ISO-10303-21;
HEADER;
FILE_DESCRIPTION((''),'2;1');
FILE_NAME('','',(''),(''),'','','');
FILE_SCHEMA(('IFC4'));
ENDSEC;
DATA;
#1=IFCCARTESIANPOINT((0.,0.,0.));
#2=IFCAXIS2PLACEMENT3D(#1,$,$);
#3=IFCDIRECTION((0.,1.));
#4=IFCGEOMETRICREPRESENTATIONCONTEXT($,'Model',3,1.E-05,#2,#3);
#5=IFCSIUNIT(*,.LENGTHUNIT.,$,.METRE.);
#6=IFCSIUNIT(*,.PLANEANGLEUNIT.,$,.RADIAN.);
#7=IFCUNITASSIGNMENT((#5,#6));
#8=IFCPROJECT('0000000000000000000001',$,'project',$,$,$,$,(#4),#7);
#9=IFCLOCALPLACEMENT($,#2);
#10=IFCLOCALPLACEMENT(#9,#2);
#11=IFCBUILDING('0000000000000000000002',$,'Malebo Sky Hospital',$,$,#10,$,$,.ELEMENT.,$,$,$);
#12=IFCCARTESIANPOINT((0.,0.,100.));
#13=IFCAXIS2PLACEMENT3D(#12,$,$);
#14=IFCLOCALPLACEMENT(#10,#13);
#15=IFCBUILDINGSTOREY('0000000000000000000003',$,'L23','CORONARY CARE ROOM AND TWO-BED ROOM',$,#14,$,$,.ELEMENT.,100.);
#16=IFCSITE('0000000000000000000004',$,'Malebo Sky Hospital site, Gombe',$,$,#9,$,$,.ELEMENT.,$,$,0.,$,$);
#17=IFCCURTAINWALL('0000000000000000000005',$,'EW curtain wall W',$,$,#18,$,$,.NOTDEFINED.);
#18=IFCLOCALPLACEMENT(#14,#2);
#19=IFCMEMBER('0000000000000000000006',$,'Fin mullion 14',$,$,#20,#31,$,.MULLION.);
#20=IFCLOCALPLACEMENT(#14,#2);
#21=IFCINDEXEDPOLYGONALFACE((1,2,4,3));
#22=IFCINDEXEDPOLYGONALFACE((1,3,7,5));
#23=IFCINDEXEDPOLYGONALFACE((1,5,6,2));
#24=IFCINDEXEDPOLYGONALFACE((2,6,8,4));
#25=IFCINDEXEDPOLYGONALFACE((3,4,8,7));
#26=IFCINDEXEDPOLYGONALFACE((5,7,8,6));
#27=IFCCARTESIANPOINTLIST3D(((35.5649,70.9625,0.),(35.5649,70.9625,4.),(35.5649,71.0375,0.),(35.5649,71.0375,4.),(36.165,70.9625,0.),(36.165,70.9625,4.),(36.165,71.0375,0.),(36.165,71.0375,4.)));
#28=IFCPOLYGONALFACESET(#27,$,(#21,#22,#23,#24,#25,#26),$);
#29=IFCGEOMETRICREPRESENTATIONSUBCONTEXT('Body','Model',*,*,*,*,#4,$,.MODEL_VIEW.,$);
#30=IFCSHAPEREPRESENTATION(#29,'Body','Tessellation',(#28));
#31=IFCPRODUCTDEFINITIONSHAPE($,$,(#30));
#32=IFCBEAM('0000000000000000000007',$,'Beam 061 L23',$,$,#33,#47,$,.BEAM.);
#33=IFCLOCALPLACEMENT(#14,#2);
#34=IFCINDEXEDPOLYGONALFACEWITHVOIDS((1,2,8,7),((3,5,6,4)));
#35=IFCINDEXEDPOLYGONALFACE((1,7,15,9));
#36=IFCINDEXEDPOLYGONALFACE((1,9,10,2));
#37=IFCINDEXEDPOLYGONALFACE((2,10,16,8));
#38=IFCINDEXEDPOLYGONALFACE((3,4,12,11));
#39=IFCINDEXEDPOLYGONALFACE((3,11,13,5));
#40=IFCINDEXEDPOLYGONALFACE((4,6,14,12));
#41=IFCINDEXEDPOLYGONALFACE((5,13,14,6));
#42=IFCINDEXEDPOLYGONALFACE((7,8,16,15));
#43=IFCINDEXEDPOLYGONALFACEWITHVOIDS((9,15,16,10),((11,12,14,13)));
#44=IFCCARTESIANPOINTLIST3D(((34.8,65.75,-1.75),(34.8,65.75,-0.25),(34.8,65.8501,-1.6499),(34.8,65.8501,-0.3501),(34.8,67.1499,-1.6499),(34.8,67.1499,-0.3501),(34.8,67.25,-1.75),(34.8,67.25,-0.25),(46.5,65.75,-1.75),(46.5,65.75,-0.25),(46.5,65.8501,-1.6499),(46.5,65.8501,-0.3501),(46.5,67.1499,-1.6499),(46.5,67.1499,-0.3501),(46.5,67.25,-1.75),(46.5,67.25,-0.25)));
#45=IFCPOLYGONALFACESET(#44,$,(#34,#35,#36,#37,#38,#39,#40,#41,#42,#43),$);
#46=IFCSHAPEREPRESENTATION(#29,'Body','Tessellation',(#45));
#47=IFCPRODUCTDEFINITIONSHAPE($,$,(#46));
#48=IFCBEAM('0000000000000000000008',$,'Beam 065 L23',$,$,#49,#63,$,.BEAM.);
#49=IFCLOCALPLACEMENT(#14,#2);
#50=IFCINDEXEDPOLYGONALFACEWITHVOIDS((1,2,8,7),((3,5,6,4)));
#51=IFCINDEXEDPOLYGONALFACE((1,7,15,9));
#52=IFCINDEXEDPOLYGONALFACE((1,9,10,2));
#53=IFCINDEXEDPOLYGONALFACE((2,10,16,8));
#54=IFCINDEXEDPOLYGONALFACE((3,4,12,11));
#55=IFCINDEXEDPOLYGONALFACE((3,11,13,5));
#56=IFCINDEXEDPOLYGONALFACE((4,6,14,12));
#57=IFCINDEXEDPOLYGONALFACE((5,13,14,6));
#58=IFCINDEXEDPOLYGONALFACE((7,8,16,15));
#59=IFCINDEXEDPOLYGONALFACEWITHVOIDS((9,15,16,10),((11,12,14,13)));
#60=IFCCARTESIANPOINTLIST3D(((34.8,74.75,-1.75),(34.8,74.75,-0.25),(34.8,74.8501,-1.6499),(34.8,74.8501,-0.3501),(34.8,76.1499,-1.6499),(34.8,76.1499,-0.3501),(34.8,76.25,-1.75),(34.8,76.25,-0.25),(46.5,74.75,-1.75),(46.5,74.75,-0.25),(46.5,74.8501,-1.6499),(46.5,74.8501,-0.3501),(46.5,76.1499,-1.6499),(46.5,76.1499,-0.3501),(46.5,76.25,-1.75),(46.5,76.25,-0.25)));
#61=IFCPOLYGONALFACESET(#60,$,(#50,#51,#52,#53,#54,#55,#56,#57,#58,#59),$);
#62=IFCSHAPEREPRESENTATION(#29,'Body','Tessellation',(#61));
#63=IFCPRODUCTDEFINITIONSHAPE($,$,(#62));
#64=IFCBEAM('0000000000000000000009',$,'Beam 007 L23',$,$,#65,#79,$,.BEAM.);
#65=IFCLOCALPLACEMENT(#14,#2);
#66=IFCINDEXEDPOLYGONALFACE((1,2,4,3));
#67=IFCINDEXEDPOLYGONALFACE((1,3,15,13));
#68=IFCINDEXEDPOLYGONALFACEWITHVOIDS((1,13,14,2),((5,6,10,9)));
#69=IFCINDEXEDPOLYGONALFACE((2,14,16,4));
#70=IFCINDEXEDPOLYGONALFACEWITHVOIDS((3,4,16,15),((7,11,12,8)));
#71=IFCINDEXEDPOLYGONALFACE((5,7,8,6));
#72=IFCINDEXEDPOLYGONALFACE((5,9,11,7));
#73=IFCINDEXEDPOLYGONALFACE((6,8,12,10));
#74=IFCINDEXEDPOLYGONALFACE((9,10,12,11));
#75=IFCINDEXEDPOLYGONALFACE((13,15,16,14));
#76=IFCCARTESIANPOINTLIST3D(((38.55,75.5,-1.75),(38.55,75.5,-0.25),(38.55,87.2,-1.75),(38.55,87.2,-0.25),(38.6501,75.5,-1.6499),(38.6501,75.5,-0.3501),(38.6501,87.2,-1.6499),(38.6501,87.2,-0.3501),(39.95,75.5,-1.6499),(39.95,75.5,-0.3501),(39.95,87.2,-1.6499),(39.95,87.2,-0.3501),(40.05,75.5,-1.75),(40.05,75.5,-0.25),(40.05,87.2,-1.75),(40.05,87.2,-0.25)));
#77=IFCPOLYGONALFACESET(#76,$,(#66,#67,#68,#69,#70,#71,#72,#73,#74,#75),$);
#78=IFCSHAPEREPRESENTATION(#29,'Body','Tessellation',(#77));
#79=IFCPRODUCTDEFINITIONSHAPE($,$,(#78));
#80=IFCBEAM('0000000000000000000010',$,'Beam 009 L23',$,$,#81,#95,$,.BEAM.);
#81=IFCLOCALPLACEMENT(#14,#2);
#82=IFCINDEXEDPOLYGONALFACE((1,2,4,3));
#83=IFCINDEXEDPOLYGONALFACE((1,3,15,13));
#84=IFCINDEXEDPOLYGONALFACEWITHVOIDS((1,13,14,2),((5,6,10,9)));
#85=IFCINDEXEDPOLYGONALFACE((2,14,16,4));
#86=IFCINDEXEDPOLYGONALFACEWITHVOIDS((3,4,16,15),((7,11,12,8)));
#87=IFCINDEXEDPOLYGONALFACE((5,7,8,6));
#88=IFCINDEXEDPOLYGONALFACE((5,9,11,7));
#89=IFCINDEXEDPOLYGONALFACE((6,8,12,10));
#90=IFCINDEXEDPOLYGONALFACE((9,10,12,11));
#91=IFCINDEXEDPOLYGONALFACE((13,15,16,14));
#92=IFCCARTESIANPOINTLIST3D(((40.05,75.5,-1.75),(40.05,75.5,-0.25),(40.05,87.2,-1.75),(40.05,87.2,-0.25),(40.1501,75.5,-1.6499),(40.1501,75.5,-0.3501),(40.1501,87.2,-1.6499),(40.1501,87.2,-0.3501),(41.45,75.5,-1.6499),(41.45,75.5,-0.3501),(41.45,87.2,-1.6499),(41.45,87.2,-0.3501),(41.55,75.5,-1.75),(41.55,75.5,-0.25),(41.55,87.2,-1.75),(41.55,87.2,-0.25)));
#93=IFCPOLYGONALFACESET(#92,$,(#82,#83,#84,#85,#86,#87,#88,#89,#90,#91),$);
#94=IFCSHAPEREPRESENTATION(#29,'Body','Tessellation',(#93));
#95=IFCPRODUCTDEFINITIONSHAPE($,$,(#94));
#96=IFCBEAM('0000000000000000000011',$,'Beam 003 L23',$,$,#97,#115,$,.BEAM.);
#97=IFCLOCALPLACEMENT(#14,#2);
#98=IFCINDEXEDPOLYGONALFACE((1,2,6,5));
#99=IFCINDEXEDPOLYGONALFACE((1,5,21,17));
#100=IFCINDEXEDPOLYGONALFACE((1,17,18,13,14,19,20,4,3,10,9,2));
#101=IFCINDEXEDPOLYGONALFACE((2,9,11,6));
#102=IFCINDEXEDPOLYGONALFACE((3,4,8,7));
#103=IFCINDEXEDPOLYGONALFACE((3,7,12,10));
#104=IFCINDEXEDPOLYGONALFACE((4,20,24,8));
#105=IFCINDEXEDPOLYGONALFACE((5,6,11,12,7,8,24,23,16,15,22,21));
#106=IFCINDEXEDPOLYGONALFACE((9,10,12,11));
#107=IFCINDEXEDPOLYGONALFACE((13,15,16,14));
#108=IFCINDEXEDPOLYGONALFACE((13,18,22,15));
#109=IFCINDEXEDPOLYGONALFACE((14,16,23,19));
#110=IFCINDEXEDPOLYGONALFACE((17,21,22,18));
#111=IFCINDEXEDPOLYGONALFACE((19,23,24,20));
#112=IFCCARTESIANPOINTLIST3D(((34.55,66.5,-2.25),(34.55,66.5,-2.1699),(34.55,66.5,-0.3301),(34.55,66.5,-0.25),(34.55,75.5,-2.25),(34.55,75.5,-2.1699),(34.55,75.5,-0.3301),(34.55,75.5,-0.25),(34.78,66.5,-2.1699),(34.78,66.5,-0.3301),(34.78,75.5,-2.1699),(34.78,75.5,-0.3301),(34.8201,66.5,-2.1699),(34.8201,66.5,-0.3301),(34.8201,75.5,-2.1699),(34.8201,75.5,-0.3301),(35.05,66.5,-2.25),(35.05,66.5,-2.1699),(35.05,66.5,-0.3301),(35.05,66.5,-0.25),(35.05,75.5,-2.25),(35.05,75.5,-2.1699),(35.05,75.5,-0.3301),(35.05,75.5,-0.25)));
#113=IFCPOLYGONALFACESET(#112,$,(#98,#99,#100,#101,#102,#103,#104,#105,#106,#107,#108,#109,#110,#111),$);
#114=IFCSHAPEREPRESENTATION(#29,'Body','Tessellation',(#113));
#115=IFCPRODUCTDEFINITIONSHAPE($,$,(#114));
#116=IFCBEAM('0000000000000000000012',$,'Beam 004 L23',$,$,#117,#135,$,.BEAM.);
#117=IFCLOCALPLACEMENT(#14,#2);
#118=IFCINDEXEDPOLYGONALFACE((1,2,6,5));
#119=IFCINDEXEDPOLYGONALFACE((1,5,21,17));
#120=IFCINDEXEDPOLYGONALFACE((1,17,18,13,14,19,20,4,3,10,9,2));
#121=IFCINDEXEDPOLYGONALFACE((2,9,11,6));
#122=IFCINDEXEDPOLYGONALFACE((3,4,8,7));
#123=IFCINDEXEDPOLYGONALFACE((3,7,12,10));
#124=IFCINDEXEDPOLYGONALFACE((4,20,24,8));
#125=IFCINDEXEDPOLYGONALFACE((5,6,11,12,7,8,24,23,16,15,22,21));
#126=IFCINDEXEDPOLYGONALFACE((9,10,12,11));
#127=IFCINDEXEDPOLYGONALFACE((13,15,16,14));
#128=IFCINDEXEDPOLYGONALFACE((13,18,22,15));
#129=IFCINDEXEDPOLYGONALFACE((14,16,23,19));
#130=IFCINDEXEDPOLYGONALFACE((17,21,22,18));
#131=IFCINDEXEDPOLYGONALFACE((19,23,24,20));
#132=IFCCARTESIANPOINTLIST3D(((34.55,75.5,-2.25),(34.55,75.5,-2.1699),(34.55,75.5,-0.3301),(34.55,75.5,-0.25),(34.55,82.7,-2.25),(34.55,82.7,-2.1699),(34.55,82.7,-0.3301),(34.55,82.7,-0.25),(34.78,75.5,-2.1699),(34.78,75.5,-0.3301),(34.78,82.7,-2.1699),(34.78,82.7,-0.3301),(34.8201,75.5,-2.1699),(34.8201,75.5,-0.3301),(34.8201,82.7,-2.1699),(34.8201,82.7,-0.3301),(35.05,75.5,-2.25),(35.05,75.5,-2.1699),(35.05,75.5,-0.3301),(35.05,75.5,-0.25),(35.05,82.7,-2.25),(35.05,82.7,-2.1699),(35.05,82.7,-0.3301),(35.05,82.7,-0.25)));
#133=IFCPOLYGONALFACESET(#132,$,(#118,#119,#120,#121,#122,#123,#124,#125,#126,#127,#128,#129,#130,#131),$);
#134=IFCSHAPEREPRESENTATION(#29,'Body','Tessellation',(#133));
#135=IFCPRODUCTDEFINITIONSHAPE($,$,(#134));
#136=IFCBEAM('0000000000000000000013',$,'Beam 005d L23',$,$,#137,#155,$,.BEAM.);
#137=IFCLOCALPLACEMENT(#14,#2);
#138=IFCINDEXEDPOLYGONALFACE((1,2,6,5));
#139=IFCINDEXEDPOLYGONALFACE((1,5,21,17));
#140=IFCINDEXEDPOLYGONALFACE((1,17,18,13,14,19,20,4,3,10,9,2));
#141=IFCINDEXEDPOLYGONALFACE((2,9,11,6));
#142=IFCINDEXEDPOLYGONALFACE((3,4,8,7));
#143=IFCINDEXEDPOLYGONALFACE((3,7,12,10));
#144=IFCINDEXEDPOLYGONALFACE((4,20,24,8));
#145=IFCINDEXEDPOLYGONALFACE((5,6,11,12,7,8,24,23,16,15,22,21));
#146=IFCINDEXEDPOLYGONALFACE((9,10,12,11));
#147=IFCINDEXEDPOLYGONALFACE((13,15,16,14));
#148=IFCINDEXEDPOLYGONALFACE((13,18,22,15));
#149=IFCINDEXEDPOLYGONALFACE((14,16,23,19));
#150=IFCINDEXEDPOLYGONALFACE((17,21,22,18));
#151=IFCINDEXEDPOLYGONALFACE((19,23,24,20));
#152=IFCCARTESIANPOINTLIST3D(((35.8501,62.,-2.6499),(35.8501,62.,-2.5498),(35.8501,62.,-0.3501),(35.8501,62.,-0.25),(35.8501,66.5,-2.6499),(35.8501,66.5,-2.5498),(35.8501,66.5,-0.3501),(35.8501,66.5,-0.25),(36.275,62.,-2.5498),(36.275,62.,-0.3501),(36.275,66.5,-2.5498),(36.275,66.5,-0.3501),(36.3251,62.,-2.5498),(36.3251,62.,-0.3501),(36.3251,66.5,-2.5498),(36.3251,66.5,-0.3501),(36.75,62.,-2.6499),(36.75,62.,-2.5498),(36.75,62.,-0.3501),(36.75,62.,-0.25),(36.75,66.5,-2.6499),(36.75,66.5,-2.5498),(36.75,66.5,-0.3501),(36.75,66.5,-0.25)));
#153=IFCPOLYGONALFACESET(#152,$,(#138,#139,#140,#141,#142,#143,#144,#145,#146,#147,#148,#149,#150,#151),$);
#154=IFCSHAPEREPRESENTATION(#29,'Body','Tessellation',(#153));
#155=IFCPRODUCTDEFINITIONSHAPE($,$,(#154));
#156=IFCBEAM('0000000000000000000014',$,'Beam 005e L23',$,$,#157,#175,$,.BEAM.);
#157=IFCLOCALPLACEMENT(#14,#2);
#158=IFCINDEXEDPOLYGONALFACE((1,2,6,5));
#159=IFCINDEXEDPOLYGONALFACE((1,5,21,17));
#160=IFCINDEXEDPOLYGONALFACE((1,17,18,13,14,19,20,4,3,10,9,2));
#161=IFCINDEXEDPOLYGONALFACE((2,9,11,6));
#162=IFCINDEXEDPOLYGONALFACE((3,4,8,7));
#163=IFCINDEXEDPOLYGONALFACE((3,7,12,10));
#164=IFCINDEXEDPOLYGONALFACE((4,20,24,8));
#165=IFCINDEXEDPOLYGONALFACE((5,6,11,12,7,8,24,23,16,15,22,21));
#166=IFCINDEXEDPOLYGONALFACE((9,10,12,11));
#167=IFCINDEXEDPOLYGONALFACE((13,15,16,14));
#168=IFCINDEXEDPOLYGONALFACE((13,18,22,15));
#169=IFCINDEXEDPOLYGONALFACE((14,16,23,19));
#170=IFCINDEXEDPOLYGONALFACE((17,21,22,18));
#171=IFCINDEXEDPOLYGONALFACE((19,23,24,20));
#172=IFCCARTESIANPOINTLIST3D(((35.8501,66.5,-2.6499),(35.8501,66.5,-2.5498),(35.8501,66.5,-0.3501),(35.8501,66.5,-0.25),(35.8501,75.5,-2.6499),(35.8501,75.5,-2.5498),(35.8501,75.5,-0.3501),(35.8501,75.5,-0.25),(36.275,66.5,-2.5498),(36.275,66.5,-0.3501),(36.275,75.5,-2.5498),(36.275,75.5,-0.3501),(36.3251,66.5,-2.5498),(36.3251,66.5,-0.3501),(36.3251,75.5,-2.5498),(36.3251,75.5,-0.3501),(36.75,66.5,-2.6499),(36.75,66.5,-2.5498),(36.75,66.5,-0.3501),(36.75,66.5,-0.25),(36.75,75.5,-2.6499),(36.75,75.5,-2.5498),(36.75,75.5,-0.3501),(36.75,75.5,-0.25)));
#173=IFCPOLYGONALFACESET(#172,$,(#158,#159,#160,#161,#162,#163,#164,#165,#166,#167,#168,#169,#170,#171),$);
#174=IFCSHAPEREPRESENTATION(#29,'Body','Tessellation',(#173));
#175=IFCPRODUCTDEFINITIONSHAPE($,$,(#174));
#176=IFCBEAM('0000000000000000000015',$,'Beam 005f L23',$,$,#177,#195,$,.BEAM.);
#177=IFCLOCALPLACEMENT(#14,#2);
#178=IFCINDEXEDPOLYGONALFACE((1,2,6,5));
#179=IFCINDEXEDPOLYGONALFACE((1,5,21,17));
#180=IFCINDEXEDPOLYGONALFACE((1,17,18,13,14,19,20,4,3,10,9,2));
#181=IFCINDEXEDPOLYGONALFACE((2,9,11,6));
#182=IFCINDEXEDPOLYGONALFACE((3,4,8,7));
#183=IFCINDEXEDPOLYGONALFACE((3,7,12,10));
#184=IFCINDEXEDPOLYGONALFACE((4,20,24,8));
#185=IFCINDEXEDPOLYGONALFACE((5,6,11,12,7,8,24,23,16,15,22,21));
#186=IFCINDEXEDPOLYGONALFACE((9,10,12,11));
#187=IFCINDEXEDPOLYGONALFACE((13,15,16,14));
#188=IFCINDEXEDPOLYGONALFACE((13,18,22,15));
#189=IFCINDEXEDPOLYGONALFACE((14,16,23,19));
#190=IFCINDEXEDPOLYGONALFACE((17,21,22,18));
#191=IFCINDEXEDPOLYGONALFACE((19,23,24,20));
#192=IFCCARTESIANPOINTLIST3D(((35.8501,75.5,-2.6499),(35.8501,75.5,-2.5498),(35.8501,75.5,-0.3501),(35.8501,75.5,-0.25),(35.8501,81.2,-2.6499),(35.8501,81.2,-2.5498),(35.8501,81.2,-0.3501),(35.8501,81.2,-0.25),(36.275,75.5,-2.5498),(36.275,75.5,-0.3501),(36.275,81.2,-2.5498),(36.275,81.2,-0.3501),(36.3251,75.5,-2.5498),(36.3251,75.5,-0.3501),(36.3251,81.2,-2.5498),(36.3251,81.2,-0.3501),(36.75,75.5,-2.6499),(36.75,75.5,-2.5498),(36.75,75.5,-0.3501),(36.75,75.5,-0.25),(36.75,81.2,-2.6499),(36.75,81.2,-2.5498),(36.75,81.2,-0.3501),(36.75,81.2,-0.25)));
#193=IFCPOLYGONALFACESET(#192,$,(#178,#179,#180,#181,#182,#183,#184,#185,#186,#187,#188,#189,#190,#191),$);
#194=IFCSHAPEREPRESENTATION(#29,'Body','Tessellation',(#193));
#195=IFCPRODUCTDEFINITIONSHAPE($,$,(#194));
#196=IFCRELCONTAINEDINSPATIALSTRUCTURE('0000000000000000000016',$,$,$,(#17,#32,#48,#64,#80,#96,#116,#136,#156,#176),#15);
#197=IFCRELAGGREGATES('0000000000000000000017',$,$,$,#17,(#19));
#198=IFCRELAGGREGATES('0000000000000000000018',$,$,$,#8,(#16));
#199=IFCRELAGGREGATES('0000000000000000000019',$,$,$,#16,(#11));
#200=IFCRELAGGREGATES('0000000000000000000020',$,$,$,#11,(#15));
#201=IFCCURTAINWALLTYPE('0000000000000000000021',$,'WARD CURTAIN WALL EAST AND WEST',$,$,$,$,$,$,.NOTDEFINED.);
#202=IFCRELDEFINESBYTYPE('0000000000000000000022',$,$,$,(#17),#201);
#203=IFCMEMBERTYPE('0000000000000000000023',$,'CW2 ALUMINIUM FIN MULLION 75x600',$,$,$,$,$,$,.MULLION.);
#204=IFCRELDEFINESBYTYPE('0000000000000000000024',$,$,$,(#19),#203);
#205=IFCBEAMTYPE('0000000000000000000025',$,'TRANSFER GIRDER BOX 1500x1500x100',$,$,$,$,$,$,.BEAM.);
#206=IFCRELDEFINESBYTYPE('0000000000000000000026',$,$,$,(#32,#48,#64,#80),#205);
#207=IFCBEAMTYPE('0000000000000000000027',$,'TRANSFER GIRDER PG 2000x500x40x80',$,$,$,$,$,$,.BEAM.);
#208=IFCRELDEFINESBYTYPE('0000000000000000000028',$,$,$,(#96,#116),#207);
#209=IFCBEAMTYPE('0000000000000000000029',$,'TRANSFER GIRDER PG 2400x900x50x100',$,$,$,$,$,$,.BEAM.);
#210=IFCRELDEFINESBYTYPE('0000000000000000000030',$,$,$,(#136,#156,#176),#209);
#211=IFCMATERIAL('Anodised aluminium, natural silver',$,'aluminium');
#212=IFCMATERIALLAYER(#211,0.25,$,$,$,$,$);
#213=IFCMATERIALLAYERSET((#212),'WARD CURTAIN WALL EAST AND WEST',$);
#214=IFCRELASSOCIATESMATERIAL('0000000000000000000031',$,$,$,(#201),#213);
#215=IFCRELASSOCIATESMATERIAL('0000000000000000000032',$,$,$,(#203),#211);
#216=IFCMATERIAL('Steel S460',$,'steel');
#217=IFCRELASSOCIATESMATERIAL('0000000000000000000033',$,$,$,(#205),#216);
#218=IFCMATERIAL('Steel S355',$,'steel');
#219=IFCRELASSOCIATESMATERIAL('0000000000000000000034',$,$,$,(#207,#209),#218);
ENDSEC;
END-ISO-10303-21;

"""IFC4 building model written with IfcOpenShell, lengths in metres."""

from ifc_helpers import new_model, si_unit, direction, frame, origin, origin_2d, place, context, subcontext, project, spatial, rectangle, hollow_rectangle, i_section, extrude, material, layer, layer_set, material_profile, profile_set, type_object, element, aggregate, save


model = new_model("IFC4")

# Units and contexts
model_context = context("Model", 3, precision=1e-05, world=origin(), true_north=direction((0.0, 1.0)))
body_context = subcontext(model_context, "Body", "Model", "MODEL_VIEW")
ifc_project = project(units=[si_unit("LENGTHUNIT", "METRE"), si_unit("PLANEANGLEUNIT", "RADIAN")], contexts=[model_context])

# Site, building, storey
site_placement = place(None, origin())
site = spatial("IfcSite", under=ifc_project, at=site_placement, Name="Malebo Sky Hospital site, Gombe", CompositionType="ELEMENT", RefElevation=0.0)
building_placement = place(site_placement, origin())
building = spatial("IfcBuilding", under=site, at=building_placement, Name="Malebo Sky Hospital", CompositionType="ELEMENT")
storey_placement = place(building_placement, frame((0.0, 0.0, 100.0)))
storey = spatial("IfcBuildingStorey", under=building, at=storey_placement, Name="L23", Description="CORONARY CARE ROOM AND TWO-BED ROOM", CompositionType="ELEMENT", Elevation=100.0)

# Shared definitions
ifc_material_1 = material(Name="Steel S460", Category="steel")

# Curtain wall, member
ifc_material_2 = material(Name="Anodised aluminium, natural silver", Category="aluminium")
ifc_layer_1 = layer(ifc_material_2, 0.25)
ifc_layer_set_1 = layer_set([ifc_layer_1], Name="WARD CURTAIN WALL EAST AND WEST")
curtain_wall_type = type_object("IfcCurtainWallType", Name="WARD CURTAIN WALL EAST AND WEST", PredefinedType="NOTDEFINED", material=ifc_layer_set_1)
curtain_wall_placement = place(storey_placement, origin())
curtain_wall = element("IfcCurtainWall", 1, at=curtain_wall_placement, inside=storey, type_object=curtain_wall_type, Name="EW curtain wall W", PredefinedType="NOTDEFINED")
ifc_material_profile_1 = material_profile(ifc_material_2, rectangle(XDim=0.075, YDim=0.6001, at=origin_2d()), Name="CW2 ALUMINIUM FIN MULLION 75x600")
ifc_profile_set_1 = profile_set([ifc_material_profile_1], Name="Anodised aluminium, natural silver")
member_type_1 = type_object("IfcMemberType", Name="CW2 ALUMINIUM FIN MULLION 75x600", PredefinedType="MULLION", material=ifc_profile_set_1)
member_1_placement = place(storey_placement, frame((35.865, 71.0, 0.0), z_axis=(0.0, 0.0, 1.0), x_axis=(0.0, 1.0, 0.0)))
member_1 = element("IfcMember", 2, at=member_1_placement, type_object=member_type_1, Name="Fin mullion 14", PredefinedType="MULLION", context=body_context, shape_type="SweptSolid", body=[
    extrude(rectangle(XDim=0.075, YDim=0.6001, at=origin_2d()), origin(), (0.0, 0.0, 1.0), 4.0),
])

# Beams
ifc_material_profile_2 = material_profile(ifc_material_1, hollow_rectangle(XDim=1.5, YDim=1.5, WallThickness=0.1001, at=origin_2d()), Name="BOX 1500x1500x100")
ifc_profile_set_2 = profile_set([ifc_material_profile_2], Name="Steel S460")
beam_type_1 = type_object("IfcBeamType", Name="TRANSFER GIRDER BOX 1500x1500x100", PredefinedType="BEAM", material=ifc_profile_set_2)
for number, where, z_axis, x_axis, name in (
    (3, (34.8, 66.5, -1.0), (1.0, 0.0, 0.0), (0.0, 1.0, 0.0), "Beam 061 L23"),
    (4, (34.8, 75.5, -1.0), (1.0, 0.0, 0.0), (0.0, 1.0, 0.0), "Beam 065 L23"),
    (5, (39.3, 75.5, -1.0), (0.0, 1.0, 0.0), (-1.0, 0.0, 0.0), "Beam 007 L23"),
    (6, (40.8, 75.5, -1.0), (0.0, 1.0, 0.0), (-1.0, 0.0, 0.0), "Beam 009 L23"),
):
    element("IfcBeam", number, at=place(storey_placement, frame(where, z_axis=z_axis, x_axis=x_axis)), inside=storey, type_object=beam_type_1, Name=name, PredefinedType="BEAM", context=body_context, shape_type="SweptSolid", body=[
        extrude(hollow_rectangle(XDim=1.5, YDim=1.5, WallThickness=0.1001, at=origin_2d()), origin(), (0.0, 0.0, 1.0), 11.7),
    ])
ifc_material_3 = material(Name="Steel S355", Category="steel")
ifc_material_profile_3 = material_profile(ifc_material_3, i_section(OverallWidth=0.5, OverallDepth=2.0, WebThickness=0.04, FlangeThickness=0.0801, at=origin_2d()), Name="PG 2000x500x40x80")
ifc_profile_set_3 = profile_set([ifc_material_profile_3], Name="Steel S355")
beam_type_2 = type_object("IfcBeamType", Name="TRANSFER GIRDER PG 2000x500x40x80", PredefinedType="BEAM", material=ifc_profile_set_3)
beam_1_placement = place(storey_placement, frame((34.8, 66.5, -1.25), z_axis=(0.0, 1.0, 0.0), x_axis=(-1.0, 0.0, 0.0)))
element("IfcBeam", 7, at=beam_1_placement, inside=storey, type_object=beam_type_2, Name="Beam 003 L23", PredefinedType="BEAM", context=body_context, shape_type="SweptSolid", body=[
    extrude(i_section(OverallWidth=0.5, OverallDepth=2.0, WebThickness=0.04, FlangeThickness=0.0801, at=origin_2d()), origin(), (0.0, 0.0, 1.0), 9.0),
])
beam_2_placement = place(storey_placement, frame((34.8, 75.5, -1.25), z_axis=(0.0, 1.0, 0.0), x_axis=(-1.0, 0.0, 0.0)))
element("IfcBeam", 8, at=beam_2_placement, inside=storey, type_object=beam_type_2, Name="Beam 004 L23", PredefinedType="BEAM", context=body_context, shape_type="SweptSolid", body=[
    extrude(i_section(OverallWidth=0.5, OverallDepth=2.0, WebThickness=0.04, FlangeThickness=0.0801, at=origin_2d()), origin(), (0.0, 0.0, 1.0), 7.2),
])
ifc_material_profile_4 = material_profile(ifc_material_3, i_section(OverallWidth=0.8999, OverallDepth=2.3999, WebThickness=0.05, FlangeThickness=0.1001, at=origin_2d()), Name="PG 2400x900x50x100")
ifc_profile_set_4 = profile_set([ifc_material_profile_4], Name="Steel S355")
beam_type_3 = type_object("IfcBeamType", Name="TRANSFER GIRDER PG 2400x900x50x100", PredefinedType="BEAM", material=ifc_profile_set_4)
beam_3_placement = place(storey_placement, frame((36.3, 62.0, -1.45), z_axis=(0.0, 1.0, 0.0), x_axis=(-1.0, 0.0, 0.0)))
element("IfcBeam", 9, at=beam_3_placement, inside=storey, type_object=beam_type_3, Name="Beam 005d L23", PredefinedType="BEAM", context=body_context, shape_type="SweptSolid", body=[
    extrude(i_section(OverallWidth=0.8999, OverallDepth=2.3999, WebThickness=0.05, FlangeThickness=0.1001, at=origin_2d()), origin(), (0.0, 0.0, 1.0), 4.5),
])
beam_4_placement = place(storey_placement, frame((36.3, 66.5, -1.45), z_axis=(0.0, 1.0, 0.0), x_axis=(-1.0, 0.0, 0.0)))
element("IfcBeam", 10, at=beam_4_placement, inside=storey, type_object=beam_type_3, Name="Beam 005e L23", PredefinedType="BEAM", context=body_context, shape_type="SweptSolid", body=[
    extrude(i_section(OverallWidth=0.8999, OverallDepth=2.3999, WebThickness=0.05, FlangeThickness=0.1001, at=origin_2d()), origin(), (0.0, 0.0, 1.0), 9.0),
])
beam_5_placement = place(storey_placement, frame((36.3, 75.5, -1.45), z_axis=(0.0, 1.0, 0.0), x_axis=(-1.0, 0.0, 0.0)))
element("IfcBeam", 11, at=beam_5_placement, inside=storey, type_object=beam_type_3, Name="Beam 005f L23", PredefinedType="BEAM", context=body_context, shape_type="SweptSolid", body=[
    extrude(i_section(OverallWidth=0.8999, OverallDepth=2.3999, WebThickness=0.05, FlangeThickness=0.1001, at=origin_2d()), origin(), (0.0, 0.0, 1.0), 5.7),
])

aggregate(curtain_wall, [member_1])

save(model, "model.ifc")
